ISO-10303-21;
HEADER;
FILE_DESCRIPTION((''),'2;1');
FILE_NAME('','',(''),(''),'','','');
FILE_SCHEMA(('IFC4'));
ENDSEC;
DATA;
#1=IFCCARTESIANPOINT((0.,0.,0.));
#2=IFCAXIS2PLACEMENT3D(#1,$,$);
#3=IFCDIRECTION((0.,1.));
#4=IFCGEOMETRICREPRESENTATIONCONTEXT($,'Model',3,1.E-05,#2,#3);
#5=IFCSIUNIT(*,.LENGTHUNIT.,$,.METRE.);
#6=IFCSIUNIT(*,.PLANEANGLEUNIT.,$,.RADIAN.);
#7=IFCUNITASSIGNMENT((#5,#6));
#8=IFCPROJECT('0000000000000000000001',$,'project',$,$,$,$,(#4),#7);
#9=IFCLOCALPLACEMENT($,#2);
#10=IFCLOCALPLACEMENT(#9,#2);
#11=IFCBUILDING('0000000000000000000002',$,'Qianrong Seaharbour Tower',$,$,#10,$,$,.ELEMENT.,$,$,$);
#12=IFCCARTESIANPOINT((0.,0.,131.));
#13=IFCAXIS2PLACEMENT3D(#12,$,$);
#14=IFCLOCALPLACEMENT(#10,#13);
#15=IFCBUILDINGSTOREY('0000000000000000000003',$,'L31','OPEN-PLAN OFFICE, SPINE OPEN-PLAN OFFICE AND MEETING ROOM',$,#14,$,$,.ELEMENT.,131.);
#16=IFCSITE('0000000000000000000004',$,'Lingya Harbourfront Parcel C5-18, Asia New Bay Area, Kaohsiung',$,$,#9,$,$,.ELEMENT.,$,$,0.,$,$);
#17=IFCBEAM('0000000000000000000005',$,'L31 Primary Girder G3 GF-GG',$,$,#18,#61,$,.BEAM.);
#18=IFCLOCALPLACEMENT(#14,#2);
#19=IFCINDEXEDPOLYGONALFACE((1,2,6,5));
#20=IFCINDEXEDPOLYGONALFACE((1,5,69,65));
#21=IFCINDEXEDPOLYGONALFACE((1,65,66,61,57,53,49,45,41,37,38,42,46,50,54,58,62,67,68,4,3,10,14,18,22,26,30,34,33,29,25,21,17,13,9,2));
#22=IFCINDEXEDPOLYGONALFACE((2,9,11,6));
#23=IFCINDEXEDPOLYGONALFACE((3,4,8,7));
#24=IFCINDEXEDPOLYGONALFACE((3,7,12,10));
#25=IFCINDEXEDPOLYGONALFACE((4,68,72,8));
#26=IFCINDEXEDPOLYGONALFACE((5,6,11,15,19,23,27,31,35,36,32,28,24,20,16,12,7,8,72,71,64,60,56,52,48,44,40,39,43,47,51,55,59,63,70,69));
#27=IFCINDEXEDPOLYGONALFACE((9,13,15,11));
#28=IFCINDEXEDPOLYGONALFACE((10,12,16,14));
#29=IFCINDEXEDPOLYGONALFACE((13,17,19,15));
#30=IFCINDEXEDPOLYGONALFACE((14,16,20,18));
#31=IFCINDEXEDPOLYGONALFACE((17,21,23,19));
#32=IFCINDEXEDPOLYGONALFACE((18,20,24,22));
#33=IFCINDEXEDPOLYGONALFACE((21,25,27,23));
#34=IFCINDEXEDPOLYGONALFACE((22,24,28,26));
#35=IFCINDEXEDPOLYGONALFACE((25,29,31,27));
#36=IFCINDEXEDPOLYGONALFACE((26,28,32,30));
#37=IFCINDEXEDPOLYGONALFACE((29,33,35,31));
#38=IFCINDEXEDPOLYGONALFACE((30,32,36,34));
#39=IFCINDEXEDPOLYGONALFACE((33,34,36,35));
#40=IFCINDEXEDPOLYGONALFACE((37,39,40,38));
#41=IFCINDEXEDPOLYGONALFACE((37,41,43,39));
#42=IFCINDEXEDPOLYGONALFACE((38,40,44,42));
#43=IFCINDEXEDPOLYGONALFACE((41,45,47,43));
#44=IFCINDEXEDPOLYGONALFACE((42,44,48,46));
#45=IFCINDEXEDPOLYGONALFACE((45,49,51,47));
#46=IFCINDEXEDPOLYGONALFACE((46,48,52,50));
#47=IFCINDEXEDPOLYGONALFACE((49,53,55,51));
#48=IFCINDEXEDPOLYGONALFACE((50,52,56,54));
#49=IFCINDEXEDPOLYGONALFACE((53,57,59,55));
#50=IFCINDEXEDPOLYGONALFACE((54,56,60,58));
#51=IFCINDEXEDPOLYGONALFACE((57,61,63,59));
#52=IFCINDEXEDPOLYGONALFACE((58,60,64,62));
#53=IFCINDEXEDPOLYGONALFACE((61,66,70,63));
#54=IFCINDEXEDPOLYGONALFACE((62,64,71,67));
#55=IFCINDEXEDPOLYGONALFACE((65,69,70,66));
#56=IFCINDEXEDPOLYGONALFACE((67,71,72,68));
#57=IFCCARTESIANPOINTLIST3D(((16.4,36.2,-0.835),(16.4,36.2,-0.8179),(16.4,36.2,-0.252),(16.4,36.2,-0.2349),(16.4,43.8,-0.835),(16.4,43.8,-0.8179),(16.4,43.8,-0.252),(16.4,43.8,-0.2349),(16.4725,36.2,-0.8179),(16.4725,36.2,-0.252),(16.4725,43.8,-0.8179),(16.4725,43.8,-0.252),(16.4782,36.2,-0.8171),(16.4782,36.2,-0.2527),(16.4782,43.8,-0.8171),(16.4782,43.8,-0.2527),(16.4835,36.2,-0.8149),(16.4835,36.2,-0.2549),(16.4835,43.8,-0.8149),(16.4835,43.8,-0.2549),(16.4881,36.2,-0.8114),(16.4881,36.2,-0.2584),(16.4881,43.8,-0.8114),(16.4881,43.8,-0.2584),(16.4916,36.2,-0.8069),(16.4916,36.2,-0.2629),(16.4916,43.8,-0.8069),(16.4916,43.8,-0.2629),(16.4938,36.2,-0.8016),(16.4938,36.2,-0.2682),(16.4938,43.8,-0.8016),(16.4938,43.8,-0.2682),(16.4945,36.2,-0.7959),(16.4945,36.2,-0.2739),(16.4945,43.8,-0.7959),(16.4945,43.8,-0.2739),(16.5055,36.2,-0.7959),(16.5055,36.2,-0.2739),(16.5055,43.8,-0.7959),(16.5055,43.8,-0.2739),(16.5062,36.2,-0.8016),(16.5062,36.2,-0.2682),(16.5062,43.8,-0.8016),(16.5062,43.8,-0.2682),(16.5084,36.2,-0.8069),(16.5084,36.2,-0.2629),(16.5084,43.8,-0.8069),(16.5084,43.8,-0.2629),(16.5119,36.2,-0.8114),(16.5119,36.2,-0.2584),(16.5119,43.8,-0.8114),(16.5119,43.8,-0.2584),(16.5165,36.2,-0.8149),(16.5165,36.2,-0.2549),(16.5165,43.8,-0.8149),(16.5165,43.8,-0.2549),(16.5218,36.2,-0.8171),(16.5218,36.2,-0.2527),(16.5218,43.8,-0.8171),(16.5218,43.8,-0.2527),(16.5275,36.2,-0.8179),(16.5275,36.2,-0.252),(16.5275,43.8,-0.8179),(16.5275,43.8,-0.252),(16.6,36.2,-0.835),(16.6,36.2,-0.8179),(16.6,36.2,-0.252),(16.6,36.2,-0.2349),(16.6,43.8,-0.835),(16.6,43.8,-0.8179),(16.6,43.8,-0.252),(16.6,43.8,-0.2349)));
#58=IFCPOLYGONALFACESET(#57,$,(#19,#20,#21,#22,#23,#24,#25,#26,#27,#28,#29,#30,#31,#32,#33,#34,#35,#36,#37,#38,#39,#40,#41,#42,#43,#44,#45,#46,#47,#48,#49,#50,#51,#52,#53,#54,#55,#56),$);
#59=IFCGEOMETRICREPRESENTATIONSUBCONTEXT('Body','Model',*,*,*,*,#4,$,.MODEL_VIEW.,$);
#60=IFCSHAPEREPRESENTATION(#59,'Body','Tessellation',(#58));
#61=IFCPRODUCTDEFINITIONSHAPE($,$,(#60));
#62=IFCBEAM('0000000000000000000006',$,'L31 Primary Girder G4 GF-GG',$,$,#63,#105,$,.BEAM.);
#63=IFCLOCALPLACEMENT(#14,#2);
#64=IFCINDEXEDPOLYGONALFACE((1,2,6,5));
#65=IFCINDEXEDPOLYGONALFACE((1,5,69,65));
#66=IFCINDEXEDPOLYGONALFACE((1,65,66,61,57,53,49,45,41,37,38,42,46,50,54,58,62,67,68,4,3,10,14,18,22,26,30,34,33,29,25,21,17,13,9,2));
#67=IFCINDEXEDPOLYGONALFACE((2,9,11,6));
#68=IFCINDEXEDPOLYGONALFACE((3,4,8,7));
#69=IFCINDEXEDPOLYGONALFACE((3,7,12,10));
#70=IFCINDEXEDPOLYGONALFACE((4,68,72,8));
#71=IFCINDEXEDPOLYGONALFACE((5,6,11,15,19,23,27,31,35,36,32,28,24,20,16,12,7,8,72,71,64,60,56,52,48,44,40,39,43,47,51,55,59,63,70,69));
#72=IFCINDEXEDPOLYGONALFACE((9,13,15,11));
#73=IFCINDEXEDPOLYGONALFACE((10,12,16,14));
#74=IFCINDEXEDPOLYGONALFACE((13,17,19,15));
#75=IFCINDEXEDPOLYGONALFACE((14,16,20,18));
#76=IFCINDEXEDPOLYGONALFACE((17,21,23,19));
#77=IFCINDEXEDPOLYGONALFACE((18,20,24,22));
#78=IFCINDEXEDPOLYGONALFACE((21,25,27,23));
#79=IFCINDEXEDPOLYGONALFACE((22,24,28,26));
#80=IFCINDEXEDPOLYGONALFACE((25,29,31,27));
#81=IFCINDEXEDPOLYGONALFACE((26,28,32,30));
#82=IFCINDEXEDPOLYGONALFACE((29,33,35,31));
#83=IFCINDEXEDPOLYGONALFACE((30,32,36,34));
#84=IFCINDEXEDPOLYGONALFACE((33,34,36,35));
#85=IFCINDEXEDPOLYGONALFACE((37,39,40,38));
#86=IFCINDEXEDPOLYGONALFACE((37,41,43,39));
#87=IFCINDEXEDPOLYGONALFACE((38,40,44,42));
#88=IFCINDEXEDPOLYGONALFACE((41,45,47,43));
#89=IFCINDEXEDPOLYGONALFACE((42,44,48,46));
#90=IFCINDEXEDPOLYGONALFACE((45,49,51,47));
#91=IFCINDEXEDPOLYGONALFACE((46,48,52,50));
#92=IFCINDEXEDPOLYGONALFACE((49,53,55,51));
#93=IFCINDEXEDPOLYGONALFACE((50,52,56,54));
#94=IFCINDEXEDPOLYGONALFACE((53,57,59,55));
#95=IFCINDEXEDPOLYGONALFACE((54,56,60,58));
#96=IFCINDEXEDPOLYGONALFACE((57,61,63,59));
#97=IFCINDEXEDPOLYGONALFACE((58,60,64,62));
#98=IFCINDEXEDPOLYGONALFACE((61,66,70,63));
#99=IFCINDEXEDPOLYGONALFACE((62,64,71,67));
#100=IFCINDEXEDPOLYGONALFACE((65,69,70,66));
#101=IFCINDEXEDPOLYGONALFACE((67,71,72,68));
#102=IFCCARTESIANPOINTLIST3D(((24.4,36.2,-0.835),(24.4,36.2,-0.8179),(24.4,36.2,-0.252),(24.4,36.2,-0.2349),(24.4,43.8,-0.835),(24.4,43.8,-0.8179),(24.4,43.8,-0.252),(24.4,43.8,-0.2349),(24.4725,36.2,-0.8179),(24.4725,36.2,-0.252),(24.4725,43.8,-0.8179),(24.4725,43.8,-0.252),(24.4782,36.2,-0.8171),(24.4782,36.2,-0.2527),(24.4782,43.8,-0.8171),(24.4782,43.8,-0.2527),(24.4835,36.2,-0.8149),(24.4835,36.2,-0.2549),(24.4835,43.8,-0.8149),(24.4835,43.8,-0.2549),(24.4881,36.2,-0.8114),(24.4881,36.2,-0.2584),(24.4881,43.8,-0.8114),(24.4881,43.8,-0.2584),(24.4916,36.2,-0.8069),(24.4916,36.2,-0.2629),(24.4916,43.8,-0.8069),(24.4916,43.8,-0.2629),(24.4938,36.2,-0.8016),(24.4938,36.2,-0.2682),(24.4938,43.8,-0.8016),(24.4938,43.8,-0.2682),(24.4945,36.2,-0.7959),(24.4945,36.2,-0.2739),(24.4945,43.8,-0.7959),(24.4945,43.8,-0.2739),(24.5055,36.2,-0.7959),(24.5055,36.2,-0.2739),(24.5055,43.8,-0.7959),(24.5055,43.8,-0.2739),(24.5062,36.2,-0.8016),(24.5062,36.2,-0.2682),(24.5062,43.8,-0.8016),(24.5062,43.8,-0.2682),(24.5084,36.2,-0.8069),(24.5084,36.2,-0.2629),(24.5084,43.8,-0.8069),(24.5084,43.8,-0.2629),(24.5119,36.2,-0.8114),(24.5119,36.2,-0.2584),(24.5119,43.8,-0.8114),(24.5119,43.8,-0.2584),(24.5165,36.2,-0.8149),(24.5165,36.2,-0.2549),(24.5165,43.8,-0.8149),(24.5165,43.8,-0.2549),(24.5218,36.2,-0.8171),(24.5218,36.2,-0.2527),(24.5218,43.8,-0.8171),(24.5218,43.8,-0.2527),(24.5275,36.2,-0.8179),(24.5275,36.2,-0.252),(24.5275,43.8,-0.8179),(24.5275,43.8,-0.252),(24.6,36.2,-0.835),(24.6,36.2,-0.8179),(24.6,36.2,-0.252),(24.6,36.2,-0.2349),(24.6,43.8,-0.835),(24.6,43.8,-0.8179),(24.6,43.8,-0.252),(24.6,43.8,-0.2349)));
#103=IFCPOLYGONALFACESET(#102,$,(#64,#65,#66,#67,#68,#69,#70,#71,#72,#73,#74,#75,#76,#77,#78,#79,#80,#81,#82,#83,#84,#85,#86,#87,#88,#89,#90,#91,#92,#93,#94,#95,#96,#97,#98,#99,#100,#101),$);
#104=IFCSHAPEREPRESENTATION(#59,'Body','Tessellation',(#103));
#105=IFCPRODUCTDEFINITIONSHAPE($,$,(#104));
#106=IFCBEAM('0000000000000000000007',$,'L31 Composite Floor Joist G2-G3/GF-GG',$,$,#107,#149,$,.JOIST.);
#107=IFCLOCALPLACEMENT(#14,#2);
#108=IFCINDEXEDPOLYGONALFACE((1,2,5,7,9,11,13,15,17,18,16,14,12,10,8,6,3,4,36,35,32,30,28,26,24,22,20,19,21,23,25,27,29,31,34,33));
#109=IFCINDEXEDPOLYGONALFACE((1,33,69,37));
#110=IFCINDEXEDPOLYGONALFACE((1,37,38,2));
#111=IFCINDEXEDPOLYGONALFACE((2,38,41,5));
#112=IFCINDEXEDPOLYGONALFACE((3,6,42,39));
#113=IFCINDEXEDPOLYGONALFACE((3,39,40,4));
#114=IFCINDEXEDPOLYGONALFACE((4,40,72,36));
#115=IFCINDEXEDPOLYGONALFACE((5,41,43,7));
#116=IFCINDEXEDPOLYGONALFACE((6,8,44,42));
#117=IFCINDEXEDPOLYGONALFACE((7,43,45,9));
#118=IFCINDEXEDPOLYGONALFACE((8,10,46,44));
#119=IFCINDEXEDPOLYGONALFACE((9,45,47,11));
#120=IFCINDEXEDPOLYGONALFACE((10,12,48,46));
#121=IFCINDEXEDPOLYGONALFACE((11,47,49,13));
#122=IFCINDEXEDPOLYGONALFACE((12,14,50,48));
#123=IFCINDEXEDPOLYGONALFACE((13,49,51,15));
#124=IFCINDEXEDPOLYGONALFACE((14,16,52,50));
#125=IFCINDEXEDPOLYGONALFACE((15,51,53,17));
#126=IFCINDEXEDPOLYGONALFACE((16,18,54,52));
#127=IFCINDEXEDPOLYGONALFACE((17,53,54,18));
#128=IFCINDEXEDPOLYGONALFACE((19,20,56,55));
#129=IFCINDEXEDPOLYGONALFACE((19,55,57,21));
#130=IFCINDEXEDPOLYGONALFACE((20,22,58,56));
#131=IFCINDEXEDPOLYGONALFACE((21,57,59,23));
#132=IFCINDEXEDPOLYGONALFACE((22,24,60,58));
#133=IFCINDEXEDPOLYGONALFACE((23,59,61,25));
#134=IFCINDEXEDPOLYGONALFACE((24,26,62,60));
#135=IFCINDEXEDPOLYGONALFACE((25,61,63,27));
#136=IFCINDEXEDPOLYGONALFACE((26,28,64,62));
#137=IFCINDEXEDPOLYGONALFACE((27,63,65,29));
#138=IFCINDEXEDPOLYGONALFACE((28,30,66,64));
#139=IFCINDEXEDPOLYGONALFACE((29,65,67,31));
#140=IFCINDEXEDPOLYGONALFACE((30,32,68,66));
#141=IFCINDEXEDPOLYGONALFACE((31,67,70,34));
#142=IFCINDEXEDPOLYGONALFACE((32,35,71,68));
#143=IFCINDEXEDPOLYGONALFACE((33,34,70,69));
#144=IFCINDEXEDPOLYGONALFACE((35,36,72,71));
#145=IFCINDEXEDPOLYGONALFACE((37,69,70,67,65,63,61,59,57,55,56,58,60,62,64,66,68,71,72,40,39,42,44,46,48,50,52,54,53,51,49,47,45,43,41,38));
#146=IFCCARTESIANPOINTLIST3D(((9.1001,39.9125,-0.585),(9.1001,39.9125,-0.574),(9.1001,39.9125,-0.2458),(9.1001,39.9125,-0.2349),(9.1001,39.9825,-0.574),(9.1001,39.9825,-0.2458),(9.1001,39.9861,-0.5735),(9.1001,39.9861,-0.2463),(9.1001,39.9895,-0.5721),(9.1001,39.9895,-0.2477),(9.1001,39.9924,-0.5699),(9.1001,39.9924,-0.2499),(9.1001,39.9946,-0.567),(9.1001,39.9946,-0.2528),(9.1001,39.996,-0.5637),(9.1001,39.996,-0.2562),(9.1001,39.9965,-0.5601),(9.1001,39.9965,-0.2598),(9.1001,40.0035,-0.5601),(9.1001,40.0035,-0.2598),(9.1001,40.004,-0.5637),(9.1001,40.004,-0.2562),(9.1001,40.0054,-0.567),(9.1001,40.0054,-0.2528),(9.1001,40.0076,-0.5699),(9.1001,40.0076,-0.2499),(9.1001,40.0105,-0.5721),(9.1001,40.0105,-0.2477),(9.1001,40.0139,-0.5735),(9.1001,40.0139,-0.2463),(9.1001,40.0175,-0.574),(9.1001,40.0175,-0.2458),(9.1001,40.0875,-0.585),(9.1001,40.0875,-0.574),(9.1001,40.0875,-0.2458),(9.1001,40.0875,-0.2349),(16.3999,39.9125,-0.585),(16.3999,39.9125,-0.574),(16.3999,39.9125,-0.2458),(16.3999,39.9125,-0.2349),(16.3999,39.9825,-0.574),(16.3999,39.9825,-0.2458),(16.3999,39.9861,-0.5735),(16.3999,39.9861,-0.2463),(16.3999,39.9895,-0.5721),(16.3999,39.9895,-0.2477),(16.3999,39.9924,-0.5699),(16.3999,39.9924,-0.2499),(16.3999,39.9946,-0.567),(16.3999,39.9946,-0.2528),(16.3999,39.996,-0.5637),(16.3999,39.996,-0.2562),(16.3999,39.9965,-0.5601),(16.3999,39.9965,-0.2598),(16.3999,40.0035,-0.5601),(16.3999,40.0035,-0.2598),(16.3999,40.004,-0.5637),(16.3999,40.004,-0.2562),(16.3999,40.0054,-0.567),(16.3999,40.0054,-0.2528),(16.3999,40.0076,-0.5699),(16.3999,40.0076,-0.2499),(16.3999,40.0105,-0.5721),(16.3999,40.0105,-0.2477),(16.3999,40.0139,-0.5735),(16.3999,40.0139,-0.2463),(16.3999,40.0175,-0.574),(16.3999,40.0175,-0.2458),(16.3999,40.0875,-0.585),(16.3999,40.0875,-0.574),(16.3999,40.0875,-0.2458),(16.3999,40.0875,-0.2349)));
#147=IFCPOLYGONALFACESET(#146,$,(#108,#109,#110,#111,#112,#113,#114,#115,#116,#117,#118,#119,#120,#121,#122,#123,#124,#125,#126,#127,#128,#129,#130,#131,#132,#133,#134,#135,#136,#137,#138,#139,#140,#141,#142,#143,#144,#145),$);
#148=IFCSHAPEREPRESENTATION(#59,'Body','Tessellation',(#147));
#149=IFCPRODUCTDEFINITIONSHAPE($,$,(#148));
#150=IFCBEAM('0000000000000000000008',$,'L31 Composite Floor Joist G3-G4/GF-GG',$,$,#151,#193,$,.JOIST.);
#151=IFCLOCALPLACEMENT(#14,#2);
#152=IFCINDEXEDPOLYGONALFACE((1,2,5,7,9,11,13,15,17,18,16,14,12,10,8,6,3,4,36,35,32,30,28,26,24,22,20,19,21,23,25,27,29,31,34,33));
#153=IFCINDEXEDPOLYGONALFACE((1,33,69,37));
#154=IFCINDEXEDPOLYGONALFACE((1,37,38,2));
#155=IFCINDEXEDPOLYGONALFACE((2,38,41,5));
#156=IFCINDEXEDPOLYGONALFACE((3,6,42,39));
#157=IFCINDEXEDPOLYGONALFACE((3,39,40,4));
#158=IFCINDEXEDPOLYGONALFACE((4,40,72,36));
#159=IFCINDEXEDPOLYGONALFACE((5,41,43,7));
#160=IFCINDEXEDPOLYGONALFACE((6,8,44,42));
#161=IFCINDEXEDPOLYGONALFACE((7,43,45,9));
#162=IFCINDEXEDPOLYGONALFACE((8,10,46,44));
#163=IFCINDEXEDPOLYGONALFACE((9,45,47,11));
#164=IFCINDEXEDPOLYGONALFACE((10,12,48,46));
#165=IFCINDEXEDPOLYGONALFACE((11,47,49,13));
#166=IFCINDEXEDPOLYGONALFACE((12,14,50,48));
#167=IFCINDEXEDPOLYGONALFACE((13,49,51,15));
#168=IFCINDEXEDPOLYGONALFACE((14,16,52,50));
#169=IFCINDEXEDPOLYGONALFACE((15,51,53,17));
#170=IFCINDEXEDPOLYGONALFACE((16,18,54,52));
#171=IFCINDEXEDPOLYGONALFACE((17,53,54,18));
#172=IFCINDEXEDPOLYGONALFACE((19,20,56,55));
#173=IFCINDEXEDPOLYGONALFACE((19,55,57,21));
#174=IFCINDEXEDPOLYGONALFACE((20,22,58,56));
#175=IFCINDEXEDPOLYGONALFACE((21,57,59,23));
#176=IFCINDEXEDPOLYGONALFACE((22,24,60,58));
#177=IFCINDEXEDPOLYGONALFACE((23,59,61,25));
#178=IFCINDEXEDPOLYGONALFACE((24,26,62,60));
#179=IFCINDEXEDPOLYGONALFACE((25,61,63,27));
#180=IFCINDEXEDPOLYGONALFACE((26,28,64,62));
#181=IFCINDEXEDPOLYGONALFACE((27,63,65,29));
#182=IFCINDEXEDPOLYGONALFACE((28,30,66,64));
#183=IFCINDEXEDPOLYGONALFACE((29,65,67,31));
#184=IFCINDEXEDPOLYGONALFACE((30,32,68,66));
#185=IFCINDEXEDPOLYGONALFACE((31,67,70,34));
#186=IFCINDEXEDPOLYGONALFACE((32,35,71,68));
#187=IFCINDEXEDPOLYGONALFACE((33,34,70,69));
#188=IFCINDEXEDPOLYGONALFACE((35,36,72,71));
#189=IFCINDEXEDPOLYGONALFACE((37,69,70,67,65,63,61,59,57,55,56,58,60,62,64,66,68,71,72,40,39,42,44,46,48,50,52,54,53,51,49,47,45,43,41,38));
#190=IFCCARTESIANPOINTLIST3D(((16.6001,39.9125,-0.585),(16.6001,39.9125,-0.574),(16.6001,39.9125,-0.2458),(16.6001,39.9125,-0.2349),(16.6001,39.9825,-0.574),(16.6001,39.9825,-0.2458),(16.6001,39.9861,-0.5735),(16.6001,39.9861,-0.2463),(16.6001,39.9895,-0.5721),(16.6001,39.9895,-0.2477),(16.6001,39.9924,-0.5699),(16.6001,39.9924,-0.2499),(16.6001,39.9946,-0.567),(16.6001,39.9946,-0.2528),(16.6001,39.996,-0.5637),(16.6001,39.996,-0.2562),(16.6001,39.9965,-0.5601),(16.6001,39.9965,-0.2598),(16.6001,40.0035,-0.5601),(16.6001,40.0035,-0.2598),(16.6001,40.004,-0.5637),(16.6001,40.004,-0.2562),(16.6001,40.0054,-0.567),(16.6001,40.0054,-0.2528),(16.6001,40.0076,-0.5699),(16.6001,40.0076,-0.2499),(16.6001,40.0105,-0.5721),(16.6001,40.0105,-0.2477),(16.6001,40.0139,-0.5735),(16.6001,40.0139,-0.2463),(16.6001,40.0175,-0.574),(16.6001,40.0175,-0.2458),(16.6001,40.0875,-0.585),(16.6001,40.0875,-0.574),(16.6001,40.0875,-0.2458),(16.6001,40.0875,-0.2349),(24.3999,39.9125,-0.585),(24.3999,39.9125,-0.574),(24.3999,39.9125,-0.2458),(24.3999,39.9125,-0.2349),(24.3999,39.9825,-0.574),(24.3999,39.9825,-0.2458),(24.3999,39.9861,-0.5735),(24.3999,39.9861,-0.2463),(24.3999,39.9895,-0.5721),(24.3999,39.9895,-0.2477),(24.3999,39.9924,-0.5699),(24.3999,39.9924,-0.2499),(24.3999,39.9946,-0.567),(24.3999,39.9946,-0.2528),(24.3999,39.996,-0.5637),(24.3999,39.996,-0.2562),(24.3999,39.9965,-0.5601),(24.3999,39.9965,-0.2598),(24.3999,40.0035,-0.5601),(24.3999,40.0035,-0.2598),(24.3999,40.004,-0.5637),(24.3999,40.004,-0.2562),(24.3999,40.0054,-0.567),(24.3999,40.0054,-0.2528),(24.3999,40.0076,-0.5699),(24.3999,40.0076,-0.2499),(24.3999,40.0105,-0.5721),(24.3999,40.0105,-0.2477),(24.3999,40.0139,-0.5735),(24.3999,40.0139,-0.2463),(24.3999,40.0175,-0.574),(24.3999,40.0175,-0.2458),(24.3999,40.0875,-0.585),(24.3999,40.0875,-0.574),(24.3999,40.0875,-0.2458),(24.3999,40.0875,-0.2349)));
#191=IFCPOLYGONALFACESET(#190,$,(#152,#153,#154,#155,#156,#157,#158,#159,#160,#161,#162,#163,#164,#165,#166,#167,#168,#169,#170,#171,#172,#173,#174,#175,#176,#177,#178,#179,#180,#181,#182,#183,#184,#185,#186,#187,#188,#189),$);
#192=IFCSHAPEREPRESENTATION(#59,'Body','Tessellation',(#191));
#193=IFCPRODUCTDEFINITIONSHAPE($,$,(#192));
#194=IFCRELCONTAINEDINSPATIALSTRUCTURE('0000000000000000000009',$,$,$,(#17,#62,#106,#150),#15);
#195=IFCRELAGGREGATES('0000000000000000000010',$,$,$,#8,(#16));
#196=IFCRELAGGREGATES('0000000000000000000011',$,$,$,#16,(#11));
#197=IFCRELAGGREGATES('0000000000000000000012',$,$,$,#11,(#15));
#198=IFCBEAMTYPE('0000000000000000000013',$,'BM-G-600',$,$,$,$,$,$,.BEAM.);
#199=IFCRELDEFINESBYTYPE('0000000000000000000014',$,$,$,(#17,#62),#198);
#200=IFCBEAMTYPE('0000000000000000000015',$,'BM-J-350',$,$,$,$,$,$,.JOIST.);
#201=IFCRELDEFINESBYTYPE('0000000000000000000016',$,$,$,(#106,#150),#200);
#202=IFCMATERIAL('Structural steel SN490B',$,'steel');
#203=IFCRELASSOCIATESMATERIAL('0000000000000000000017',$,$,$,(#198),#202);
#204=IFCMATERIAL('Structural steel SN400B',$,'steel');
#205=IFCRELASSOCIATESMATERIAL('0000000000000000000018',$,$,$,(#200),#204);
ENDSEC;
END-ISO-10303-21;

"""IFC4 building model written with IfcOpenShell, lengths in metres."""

from ifc_helpers import new_model, si_unit, direction, frame, origin, origin_2d, place, context, subcontext, project, spatial, i_section, extrude, material, material_profile, profile_set, type_object, element, save


model = new_model("IFC4")

# Units and contexts
model_context = context("Model", 3, precision=1e-05, world=origin(), true_north=direction((0.0, 1.0)))
body_context = subcontext(model_context, "Body", "Model", "MODEL_VIEW")
ifc_project = project(units=[si_unit("LENGTHUNIT", "METRE"), si_unit("PLANEANGLEUNIT", "RADIAN")], contexts=[model_context])

# Site, building, storey
site_placement = place(None, origin())
site = spatial("IfcSite", under=ifc_project, at=site_placement, Name="Lingya Harbourfront Parcel C5-18, Asia New Bay Area, Kaohsiung", CompositionType="ELEMENT", RefElevation=0.0)
building_placement = place(site_placement, origin())
building = spatial("IfcBuilding", under=site, at=building_placement, Name="Qianrong Seaharbour Tower", CompositionType="ELEMENT")
storey_placement = place(building_placement, frame((0.0, 0.0, 131.0)))
storey = spatial("IfcBuildingStorey", under=building, at=storey_placement, Name="L31", Description="OPEN-PLAN OFFICE, SPINE OPEN-PLAN OFFICE AND MEETING ROOM", CompositionType="ELEMENT", Elevation=131.0)

# Shared definitions
ifc_material_1 = material(Name="Structural steel SN490B", Category="steel")

# Beams
ifc_material_profile_1 = material_profile(ifc_material_1, i_section(OverallWidth=0.2, OverallDepth=0.6001, WebThickness=0.011, FlangeThickness=0.0171, FilletRadius=0.022, at=origin_2d()), Name="H600x200x11x17")
ifc_profile_set_1 = profile_set([ifc_material_profile_1], Name="Structural steel SN490B")
beam_type_1 = type_object("IfcBeamType", Name="BM-G-600", PredefinedType="BEAM", material=ifc_profile_set_1)
for number, where, z_axis, x_axis, name in (
    (1, (16.5, 36.2, -0.5349), (0.0, 1.0, 0.0), (-1.0, 0.0, 0.0), "L31 Primary Girder G3 GF-GG"),
    (2, (24.5, 36.2, -0.5349), (0.0, 1.0, 0.0), (-1.0, 0.0, 0.0), "L31 Primary Girder G4 GF-GG"),
):
    element("IfcBeam", number, at=place(storey_placement, frame(where, z_axis=z_axis, x_axis=x_axis)), inside=storey, type_object=beam_type_1, Name=name, PredefinedType="BEAM", context=body_context, shape_type="SweptSolid", body=[
        extrude(i_section(OverallWidth=0.2, OverallDepth=0.6001, WebThickness=0.011, FlangeThickness=0.0171, FilletRadius=0.022, at=origin_2d()), origin(), (0.0, 0.0, 1.0), 7.6001),
    ])
ifc_material_2 = material(Name="Structural steel SN400B", Category="steel")
ifc_material_profile_2 = material_profile(ifc_material_2, i_section(OverallWidth=0.175, OverallDepth=0.3501, WebThickness=0.0071, FlangeThickness=0.011, FilletRadius=0.0139, at=origin_2d()), Name="H350x175x7x11")
ifc_profile_set_2 = profile_set([ifc_material_profile_2], Name="Structural steel SN400B")
beam_type_2 = type_object("IfcBeamType", Name="BM-J-350", PredefinedType="JOIST", material=ifc_profile_set_2)
beam_1_placement = place(storey_placement, frame((9.1001, 40.0, -0.4099), z_axis=(1.0, 0.0, 0.0), x_axis=(0.0, 1.0, 0.0)))
element("IfcBeam", 3, at=beam_1_placement, inside=storey, type_object=beam_type_2, Name="L31 Composite Floor Joist G2-G3/GF-GG", PredefinedType="JOIST", context=body_context, shape_type="SweptSolid", body=[
    extrude(i_section(OverallWidth=0.175, OverallDepth=0.3501, WebThickness=0.0071, FlangeThickness=0.011, FilletRadius=0.0139, at=origin_2d()), origin(), (0.0, 0.0, 1.0), 7.2998),
])
beam_2_placement = place(storey_placement, frame((16.6001, 40.0, -0.4099), z_axis=(1.0, 0.0, 0.0), x_axis=(0.0, 1.0, 0.0)))
element("IfcBeam", 4, at=beam_2_placement, inside=storey, type_object=beam_type_2, Name="L31 Composite Floor Joist G3-G4/GF-GG", PredefinedType="JOIST", context=body_context, shape_type="SweptSolid", body=[
    extrude(i_section(OverallWidth=0.175, OverallDepth=0.3501, WebThickness=0.0071, FlangeThickness=0.011, FilletRadius=0.0139, at=origin_2d()), origin(), (0.0, 0.0, 1.0), 7.7998),
])

save(model, "model.ifc")
